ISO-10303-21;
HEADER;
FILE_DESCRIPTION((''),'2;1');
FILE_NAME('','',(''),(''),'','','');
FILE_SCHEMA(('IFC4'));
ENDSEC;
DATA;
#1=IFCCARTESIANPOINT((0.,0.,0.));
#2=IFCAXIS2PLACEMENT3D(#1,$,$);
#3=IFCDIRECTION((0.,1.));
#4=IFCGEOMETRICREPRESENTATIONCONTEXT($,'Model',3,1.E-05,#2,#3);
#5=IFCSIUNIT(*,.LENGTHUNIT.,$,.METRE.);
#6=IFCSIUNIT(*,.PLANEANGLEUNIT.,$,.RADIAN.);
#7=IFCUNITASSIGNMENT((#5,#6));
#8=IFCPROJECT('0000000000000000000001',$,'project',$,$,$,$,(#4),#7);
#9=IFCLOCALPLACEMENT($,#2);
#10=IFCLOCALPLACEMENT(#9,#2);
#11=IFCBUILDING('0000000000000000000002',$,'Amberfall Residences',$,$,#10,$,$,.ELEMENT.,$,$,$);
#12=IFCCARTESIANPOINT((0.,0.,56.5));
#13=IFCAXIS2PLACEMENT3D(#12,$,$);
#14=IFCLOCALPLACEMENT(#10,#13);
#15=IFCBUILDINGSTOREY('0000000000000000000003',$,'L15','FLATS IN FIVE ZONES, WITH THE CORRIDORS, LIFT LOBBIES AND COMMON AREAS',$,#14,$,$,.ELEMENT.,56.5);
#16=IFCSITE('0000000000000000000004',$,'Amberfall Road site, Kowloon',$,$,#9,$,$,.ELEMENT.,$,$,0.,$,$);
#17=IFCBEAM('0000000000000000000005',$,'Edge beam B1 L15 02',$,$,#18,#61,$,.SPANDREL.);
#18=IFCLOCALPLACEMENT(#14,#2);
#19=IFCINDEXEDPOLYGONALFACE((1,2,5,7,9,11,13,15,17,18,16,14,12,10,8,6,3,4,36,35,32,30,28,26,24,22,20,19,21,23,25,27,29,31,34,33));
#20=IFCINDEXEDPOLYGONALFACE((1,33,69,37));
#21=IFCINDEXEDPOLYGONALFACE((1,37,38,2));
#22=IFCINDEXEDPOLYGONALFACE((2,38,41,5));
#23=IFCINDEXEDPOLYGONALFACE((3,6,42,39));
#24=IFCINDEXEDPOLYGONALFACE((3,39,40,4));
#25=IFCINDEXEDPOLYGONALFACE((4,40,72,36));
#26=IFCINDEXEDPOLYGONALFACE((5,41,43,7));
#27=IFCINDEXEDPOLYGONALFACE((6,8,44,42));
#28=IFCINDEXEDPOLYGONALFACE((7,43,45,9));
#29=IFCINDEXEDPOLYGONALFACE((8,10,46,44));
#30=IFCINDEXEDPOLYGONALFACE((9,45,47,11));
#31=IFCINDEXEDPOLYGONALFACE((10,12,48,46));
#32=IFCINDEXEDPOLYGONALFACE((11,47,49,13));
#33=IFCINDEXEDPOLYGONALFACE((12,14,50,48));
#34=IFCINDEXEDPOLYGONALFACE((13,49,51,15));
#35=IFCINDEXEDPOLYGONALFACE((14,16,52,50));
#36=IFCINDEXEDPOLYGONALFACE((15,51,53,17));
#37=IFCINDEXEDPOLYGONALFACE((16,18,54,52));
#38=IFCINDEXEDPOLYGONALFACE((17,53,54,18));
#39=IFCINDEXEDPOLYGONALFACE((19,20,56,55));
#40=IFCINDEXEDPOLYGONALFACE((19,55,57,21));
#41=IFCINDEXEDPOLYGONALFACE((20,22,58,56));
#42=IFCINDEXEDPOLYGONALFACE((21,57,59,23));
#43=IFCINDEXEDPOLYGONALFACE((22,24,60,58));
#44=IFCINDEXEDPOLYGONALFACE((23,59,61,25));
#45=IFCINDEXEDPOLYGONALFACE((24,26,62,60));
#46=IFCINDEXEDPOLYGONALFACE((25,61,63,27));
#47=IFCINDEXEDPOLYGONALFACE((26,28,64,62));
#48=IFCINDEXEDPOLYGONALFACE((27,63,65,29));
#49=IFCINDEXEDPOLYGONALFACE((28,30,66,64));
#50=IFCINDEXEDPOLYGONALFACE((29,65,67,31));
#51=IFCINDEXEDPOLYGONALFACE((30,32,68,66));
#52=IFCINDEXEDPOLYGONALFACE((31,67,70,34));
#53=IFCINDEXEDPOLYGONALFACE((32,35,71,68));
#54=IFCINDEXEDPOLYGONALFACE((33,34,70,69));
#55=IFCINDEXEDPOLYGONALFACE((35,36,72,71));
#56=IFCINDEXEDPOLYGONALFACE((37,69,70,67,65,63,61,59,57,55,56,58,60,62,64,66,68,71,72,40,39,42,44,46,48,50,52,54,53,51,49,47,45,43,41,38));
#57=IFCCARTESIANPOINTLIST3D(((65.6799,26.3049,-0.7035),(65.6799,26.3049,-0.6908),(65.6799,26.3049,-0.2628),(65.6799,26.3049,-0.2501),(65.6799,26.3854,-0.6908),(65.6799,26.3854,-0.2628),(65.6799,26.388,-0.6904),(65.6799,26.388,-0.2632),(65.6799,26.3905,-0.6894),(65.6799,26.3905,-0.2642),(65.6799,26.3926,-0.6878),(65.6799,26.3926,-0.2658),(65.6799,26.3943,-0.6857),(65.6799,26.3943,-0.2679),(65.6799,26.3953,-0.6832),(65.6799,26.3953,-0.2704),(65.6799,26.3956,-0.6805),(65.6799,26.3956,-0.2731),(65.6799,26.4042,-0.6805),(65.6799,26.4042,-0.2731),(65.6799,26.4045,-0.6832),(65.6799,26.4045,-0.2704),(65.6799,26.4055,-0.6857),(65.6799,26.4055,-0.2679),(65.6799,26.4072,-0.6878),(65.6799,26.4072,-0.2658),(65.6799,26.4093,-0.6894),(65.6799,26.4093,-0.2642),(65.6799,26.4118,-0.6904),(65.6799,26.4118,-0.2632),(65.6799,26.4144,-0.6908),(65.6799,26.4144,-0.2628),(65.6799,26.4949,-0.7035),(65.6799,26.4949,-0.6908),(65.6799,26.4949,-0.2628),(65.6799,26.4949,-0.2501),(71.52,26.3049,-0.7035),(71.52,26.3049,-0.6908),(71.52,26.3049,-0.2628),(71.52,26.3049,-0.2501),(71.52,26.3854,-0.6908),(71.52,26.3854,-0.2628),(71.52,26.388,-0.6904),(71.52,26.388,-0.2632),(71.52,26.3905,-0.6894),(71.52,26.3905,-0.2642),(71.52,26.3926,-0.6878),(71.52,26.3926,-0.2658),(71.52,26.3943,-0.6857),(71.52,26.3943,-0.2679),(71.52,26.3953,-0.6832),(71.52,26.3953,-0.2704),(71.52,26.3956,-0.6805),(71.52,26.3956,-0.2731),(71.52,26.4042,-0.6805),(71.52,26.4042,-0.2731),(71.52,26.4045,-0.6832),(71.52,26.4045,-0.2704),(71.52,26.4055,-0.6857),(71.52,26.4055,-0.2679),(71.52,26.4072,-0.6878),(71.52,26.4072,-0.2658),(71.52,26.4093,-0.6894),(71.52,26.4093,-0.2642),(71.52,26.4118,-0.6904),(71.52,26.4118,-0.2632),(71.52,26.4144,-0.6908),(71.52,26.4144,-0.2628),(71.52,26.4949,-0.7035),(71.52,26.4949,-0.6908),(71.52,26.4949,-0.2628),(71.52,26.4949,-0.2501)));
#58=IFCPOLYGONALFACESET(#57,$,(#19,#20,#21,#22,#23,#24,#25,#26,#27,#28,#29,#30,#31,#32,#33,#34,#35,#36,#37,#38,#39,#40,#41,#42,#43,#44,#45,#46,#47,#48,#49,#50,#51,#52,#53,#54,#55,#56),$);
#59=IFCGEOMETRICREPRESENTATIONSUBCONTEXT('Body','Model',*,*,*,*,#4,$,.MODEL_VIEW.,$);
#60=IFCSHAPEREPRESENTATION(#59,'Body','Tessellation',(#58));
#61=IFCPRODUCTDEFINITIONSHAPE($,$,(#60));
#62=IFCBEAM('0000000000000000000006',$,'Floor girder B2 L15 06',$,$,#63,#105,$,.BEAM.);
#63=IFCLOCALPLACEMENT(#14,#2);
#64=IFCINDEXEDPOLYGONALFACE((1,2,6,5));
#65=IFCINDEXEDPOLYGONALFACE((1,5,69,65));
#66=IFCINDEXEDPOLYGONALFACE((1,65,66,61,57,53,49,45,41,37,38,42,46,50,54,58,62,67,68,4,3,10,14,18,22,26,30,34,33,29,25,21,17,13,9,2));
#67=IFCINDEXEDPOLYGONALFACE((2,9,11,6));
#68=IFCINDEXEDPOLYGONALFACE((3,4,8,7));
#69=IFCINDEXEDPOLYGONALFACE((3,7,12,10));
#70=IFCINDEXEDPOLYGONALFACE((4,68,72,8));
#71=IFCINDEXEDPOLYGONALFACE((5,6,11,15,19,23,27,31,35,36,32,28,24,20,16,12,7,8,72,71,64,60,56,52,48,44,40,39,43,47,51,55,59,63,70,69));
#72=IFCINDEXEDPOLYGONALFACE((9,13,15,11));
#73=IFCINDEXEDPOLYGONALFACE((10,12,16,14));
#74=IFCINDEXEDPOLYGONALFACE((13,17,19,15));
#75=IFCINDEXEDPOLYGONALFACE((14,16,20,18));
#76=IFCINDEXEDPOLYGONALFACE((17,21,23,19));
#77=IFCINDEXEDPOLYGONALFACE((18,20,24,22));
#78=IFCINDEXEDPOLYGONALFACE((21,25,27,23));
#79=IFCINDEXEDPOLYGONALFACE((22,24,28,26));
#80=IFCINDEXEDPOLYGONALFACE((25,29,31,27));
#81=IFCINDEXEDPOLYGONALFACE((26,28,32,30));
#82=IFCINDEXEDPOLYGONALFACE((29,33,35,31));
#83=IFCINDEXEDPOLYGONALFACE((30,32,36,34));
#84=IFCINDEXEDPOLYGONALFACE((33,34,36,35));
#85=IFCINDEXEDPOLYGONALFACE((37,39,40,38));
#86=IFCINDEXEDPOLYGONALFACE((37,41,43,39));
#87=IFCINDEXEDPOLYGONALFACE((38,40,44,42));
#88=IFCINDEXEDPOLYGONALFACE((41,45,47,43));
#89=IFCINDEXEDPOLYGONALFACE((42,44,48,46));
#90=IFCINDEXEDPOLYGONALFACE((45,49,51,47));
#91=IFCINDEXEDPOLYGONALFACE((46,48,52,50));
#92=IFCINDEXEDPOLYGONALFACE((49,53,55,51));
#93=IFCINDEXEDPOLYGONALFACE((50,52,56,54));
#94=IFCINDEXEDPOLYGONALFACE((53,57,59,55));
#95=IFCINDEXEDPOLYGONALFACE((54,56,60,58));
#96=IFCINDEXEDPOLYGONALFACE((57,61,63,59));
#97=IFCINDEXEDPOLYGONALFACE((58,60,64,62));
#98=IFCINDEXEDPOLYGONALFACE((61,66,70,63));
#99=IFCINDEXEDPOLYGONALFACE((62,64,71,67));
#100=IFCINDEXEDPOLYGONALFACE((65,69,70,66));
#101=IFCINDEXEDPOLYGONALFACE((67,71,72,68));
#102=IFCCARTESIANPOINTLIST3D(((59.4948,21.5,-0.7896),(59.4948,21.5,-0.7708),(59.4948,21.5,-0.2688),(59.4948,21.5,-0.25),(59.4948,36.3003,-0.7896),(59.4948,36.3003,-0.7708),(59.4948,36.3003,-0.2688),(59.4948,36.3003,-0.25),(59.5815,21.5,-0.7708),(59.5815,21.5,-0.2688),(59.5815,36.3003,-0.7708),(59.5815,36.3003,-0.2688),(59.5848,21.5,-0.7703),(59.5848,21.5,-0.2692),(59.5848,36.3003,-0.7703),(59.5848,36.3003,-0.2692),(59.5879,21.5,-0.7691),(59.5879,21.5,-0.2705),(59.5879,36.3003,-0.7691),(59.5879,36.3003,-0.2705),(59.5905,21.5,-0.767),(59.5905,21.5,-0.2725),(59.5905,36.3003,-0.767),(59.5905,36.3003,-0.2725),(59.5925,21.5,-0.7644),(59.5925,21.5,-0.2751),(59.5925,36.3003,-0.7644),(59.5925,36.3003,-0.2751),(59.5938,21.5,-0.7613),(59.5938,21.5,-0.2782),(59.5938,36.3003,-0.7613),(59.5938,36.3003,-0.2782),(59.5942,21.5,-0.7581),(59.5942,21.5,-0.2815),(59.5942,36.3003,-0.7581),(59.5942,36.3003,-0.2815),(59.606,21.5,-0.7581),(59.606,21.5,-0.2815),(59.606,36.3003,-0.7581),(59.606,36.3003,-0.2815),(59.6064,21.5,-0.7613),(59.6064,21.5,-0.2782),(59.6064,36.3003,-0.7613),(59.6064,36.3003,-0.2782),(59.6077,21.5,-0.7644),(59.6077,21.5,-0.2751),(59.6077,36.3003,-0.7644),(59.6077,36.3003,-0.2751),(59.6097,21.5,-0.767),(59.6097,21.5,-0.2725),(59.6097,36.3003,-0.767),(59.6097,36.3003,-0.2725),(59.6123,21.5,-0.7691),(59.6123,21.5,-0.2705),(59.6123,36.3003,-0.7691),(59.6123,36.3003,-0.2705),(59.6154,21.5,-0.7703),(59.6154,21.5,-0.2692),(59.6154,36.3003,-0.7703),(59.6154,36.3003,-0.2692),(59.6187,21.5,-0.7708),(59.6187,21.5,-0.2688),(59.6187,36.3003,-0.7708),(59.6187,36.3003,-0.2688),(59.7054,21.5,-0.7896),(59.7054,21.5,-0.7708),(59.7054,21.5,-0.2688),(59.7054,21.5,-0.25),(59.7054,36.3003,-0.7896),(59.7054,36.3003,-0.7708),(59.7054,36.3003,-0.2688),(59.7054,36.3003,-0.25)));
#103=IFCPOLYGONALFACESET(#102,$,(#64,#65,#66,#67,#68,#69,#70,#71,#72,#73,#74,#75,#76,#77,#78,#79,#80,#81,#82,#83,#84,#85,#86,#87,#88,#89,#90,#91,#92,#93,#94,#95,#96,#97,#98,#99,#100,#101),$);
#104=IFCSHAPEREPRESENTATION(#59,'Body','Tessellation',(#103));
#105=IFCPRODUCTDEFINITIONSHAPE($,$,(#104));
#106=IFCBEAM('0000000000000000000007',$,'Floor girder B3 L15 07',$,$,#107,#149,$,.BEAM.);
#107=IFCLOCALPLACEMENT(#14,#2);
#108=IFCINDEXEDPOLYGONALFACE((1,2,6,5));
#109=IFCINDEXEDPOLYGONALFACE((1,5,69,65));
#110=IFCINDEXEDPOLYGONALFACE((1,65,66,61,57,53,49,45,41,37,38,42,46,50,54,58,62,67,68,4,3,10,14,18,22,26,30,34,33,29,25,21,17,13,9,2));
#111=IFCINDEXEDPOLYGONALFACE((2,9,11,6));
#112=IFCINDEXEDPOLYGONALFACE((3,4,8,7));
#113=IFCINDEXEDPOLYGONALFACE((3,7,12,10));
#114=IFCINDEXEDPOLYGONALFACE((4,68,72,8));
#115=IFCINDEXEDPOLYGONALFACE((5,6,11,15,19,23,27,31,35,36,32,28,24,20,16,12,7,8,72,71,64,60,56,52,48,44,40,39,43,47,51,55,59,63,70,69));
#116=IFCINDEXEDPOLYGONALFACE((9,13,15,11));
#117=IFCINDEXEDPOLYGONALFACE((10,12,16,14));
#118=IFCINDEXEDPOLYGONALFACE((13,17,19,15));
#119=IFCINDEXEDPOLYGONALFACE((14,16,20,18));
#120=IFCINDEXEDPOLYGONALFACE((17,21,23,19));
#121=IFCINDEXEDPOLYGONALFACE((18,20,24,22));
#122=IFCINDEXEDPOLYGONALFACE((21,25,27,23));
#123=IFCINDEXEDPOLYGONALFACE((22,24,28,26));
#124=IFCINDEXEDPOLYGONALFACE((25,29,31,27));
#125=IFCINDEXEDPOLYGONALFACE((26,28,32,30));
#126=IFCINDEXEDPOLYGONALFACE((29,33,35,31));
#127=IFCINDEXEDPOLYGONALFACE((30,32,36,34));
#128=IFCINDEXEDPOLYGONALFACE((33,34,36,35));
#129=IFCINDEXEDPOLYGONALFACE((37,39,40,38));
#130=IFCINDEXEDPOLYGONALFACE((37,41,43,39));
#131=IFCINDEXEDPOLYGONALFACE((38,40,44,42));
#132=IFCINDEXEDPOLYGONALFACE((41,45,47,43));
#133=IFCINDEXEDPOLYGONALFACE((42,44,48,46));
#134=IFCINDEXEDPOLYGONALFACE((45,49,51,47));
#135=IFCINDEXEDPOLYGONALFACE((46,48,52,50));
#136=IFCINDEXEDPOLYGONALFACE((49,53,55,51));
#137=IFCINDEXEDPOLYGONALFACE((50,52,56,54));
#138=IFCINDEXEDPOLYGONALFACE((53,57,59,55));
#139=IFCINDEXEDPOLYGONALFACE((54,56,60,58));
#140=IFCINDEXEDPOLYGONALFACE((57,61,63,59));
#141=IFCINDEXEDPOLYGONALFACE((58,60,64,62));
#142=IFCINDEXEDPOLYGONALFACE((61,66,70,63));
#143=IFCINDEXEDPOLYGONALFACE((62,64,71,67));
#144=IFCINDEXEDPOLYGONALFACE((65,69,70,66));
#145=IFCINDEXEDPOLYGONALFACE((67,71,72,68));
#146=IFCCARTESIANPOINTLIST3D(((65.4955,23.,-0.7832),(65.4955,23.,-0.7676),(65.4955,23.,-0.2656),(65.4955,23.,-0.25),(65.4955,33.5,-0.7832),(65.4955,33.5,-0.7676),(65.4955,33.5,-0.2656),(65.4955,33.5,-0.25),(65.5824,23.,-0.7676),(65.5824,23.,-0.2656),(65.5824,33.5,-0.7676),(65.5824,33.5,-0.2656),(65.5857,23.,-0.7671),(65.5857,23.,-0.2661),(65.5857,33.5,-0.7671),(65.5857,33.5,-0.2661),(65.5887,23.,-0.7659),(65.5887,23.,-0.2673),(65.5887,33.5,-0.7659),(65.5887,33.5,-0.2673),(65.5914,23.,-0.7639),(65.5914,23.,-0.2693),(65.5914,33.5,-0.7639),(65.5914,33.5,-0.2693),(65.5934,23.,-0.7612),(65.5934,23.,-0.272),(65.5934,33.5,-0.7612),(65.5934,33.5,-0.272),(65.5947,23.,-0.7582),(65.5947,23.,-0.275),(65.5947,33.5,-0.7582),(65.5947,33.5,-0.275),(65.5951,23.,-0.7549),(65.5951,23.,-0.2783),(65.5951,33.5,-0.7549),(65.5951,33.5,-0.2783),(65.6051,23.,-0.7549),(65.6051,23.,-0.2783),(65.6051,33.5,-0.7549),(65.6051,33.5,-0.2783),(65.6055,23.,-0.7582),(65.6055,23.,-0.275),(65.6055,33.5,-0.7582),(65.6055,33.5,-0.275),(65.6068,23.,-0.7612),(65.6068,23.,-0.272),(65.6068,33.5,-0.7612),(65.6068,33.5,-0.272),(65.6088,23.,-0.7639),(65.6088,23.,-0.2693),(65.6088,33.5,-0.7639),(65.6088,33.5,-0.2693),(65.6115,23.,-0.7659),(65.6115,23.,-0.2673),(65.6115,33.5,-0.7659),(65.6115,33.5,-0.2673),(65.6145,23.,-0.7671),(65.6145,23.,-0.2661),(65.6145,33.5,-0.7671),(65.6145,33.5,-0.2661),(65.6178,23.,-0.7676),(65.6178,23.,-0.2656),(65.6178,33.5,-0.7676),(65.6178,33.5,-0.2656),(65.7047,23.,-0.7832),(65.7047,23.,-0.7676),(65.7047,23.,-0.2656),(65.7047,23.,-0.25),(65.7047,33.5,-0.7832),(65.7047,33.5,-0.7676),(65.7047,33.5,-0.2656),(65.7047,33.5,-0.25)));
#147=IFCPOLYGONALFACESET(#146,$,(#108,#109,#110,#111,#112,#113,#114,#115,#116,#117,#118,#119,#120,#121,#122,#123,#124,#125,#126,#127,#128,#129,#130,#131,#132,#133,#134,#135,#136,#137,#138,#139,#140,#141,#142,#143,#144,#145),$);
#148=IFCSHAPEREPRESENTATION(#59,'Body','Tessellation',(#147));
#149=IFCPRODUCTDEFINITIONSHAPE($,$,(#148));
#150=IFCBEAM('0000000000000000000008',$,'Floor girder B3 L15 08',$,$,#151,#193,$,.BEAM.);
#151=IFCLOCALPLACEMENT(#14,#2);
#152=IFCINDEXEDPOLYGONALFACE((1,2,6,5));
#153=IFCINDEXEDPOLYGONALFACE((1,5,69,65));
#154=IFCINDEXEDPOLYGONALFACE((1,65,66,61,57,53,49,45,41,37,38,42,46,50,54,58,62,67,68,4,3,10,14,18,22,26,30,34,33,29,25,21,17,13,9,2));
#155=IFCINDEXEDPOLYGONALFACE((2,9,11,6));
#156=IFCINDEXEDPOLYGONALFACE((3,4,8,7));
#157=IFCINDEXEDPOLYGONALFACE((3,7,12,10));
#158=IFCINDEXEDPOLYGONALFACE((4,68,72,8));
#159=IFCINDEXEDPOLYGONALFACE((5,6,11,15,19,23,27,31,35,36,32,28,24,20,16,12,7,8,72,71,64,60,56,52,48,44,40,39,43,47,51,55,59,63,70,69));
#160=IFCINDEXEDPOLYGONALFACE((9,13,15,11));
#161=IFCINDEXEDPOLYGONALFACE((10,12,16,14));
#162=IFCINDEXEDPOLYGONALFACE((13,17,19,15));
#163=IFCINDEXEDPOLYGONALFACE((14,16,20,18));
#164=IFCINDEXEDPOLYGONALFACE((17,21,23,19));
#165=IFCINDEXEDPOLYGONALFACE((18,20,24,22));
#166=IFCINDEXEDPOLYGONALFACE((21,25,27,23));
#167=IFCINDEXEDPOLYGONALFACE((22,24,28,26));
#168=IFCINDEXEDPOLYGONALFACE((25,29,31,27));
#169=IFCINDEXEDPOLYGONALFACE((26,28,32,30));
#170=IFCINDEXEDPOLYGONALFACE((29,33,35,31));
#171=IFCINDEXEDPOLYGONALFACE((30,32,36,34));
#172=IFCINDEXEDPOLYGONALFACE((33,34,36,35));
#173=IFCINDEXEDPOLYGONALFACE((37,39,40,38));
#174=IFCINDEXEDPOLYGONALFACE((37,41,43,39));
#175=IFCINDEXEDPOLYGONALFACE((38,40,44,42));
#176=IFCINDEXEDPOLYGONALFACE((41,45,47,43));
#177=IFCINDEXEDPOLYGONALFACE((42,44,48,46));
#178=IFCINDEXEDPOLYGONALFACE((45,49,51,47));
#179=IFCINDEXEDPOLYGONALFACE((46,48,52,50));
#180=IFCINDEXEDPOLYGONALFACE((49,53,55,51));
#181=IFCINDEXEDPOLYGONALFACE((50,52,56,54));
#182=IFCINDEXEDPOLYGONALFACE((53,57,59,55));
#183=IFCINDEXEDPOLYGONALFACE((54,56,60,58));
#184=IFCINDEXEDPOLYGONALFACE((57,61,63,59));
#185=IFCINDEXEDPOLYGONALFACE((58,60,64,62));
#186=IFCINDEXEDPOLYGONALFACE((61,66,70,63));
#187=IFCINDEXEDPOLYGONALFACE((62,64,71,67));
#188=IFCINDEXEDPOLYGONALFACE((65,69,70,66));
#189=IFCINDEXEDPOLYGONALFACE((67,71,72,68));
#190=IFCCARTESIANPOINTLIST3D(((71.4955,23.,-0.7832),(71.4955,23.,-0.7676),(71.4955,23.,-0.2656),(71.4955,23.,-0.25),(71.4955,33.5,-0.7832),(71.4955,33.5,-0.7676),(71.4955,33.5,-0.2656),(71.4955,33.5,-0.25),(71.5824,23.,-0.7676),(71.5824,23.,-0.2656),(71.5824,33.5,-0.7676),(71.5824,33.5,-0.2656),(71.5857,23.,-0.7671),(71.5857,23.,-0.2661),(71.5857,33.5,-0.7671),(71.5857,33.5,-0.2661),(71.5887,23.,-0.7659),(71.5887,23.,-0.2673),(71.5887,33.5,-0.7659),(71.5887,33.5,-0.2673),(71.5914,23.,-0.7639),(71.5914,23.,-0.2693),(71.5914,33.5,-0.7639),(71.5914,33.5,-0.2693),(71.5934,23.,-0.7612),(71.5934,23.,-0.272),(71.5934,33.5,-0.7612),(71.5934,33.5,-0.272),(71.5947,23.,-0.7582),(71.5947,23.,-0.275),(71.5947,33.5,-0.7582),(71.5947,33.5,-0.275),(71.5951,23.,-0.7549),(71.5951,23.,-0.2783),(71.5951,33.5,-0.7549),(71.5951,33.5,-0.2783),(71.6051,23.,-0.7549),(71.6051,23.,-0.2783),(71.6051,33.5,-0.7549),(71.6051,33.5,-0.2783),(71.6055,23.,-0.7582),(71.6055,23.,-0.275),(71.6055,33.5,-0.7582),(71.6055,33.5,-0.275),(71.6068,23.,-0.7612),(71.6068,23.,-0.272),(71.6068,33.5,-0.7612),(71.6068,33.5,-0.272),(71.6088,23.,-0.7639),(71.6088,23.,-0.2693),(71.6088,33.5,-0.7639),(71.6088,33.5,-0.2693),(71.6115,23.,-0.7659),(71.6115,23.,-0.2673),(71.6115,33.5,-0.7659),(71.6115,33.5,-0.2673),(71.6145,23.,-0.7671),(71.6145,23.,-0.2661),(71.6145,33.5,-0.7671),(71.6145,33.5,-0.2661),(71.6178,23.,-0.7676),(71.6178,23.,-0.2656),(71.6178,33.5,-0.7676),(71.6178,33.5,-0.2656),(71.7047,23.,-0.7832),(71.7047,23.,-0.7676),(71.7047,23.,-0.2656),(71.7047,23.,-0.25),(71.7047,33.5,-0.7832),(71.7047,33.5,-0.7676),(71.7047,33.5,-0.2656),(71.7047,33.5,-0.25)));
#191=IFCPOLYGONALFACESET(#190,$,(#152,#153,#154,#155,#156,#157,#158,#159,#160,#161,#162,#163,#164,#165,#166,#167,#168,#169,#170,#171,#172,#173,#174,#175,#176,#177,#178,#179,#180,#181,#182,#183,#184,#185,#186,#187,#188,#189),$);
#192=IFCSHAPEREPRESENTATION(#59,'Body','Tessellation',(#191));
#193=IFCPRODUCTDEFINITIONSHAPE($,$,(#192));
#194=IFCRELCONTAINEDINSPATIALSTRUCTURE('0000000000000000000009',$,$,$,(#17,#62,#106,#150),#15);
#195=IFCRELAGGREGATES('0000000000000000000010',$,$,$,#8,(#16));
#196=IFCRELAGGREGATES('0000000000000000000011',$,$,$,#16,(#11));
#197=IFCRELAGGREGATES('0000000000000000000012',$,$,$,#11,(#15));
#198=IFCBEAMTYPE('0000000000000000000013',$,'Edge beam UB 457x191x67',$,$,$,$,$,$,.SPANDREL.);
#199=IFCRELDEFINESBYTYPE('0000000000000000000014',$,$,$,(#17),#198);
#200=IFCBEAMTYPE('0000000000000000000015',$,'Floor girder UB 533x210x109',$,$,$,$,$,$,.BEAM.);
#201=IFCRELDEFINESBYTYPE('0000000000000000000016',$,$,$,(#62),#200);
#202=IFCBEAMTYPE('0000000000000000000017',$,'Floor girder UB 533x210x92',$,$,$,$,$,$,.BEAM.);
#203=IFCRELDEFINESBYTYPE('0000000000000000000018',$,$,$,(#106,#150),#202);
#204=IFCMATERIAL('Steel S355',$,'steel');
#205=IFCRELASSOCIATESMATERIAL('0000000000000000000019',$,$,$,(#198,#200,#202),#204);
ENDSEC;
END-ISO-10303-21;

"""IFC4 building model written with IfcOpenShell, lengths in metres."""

from ifc_helpers import new_model, si_unit, direction, frame, origin, origin_2d, place, context, subcontext, project, spatial, i_section, extrude, material, material_profile, profile_set, type_object, element, save


model = new_model("IFC4")

# Units and contexts
model_context = context("Model", 3, precision=1e-05, world=origin(), true_north=direction((0.0, 1.0)))
body_context = subcontext(model_context, "Body", "Model", "MODEL_VIEW")
ifc_project = project(units=[si_unit("LENGTHUNIT", "METRE"), si_unit("PLANEANGLEUNIT", "RADIAN")], contexts=[model_context])

# Site, building, storey
site_placement = place(None, origin())
site = spatial("IfcSite", under=ifc_project, at=site_placement, Name="Amberfall Road site, Kowloon", CompositionType="ELEMENT", RefElevation=0.0)
building_placement = place(site_placement, origin())
building = spatial("IfcBuilding", under=site, at=building_placement, Name="Amberfall Residences", CompositionType="ELEMENT")
storey_placement = place(building_placement, frame((0.0, 0.0, 56.5)))
storey = spatial("IfcBuildingStorey", under=building, at=storey_placement, Name="L15", Description="FLATS IN FIVE ZONES, WITH THE CORRIDORS, LIFT LOBBIES AND COMMON AREAS", CompositionType="ELEMENT", Elevation=56.5)

# Beams
ifc_material_1 = material(Name="Steel S355", Category="steel")
ifc_material_profile_1 = material_profile(ifc_material_1, i_section(OverallWidth=0.1899, OverallDepth=0.4534, WebThickness=0.0085, FlangeThickness=0.0127, FilletRadius=0.0103, at=origin_2d()), Name="UB 457x191x67")
ifc_profile_set_1 = profile_set([ifc_material_profile_1], Name="Steel S355")
beam_type_1 = type_object("IfcBeamType", Name="Edge beam UB 457x191x67", PredefinedType="SPANDREL", material=ifc_profile_set_1)
for number, where, z_axis, x_axis, name in (
    (1, (65.6799, 26.3999, -0.4768), (1.0, 0.0, 0.0), (0.0, 1.0, 0.0), "Edge beam B1 L15 02"),
):
    element("IfcBeam", number, at=place(storey_placement, frame(where, z_axis=z_axis, x_axis=x_axis)), inside=storey, type_object=beam_type_1, Name=name, PredefinedType="SPANDREL", context=body_context, shape_type="SweptSolid", body=[
        extrude(i_section(OverallWidth=0.1899, OverallDepth=0.4534, WebThickness=0.0085, FlangeThickness=0.0127, FilletRadius=0.0103, at=origin_2d()), origin(), (0.0, 0.0, 1.0), 5.8401),
    ])
ifc_material_profile_2 = material_profile(ifc_material_1, i_section(OverallWidth=0.2107, OverallDepth=0.5396, WebThickness=0.0117, FlangeThickness=0.0188, FilletRadius=0.0127, at=origin_2d()), Name="UB 533x210x109")
ifc_profile_set_2 = profile_set([ifc_material_profile_2], Name="Steel S355")
beam_type_2 = type_object("IfcBeamType", Name="Floor girder UB 533x210x109", PredefinedType="BEAM", material=ifc_profile_set_2)
beam_placement = place(storey_placement, frame((59.6001, 21.5, -0.5198), z_axis=(0.0, 1.0, 0.0), x_axis=(-1.0, 0.0, 0.0)))
element("IfcBeam", 2, at=beam_placement, inside=storey, type_object=beam_type_2, Name="Floor girder B2 L15 06", PredefinedType="BEAM", context=body_context, shape_type="SweptSolid", body=[
    extrude(i_section(OverallWidth=0.2107, OverallDepth=0.5396, WebThickness=0.0117, FlangeThickness=0.0188, FilletRadius=0.0127, at=origin_2d()), origin(), (0.0, 0.0, 1.0), 14.8003),
])
ifc_material_profile_3 = material_profile(ifc_material_1, i_section(OverallWidth=0.2092, OverallDepth=0.5332, WebThickness=0.01, FlangeThickness=0.0156, FilletRadius=0.0127, at=origin_2d()), Name="UB 533x210x92")
ifc_profile_set_3 = profile_set([ifc_material_profile_3], Name="Steel S355")
beam_type_3 = type_object("IfcBeamType", Name="Floor girder UB 533x210x92", PredefinedType="BEAM", material=ifc_profile_set_3)
for number, where, z_axis, x_axis, name in (
    (3, (65.6001, 23.0, -0.5166), (0.0, 1.0, 0.0), (-1.0, 0.0, 0.0), "Floor girder B3 L15 07"),
    (4, (71.6001, 23.0, -0.5166), (0.0, 1.0, 0.0), (-1.0, 0.0, 0.0), "Floor girder B3 L15 08"),
):
    element("IfcBeam", number, at=place(storey_placement, frame(where, z_axis=z_axis, x_axis=x_axis)), inside=storey, type_object=beam_type_3, Name=name, PredefinedType="BEAM", context=body_context, shape_type="SweptSolid", body=[
        extrude(i_section(OverallWidth=0.2092, OverallDepth=0.5332, WebThickness=0.01, FlangeThickness=0.0156, FilletRadius=0.0127, at=origin_2d()), origin(), (0.0, 0.0, 1.0), 10.5),
    ])

save(model, "model.ifc")
